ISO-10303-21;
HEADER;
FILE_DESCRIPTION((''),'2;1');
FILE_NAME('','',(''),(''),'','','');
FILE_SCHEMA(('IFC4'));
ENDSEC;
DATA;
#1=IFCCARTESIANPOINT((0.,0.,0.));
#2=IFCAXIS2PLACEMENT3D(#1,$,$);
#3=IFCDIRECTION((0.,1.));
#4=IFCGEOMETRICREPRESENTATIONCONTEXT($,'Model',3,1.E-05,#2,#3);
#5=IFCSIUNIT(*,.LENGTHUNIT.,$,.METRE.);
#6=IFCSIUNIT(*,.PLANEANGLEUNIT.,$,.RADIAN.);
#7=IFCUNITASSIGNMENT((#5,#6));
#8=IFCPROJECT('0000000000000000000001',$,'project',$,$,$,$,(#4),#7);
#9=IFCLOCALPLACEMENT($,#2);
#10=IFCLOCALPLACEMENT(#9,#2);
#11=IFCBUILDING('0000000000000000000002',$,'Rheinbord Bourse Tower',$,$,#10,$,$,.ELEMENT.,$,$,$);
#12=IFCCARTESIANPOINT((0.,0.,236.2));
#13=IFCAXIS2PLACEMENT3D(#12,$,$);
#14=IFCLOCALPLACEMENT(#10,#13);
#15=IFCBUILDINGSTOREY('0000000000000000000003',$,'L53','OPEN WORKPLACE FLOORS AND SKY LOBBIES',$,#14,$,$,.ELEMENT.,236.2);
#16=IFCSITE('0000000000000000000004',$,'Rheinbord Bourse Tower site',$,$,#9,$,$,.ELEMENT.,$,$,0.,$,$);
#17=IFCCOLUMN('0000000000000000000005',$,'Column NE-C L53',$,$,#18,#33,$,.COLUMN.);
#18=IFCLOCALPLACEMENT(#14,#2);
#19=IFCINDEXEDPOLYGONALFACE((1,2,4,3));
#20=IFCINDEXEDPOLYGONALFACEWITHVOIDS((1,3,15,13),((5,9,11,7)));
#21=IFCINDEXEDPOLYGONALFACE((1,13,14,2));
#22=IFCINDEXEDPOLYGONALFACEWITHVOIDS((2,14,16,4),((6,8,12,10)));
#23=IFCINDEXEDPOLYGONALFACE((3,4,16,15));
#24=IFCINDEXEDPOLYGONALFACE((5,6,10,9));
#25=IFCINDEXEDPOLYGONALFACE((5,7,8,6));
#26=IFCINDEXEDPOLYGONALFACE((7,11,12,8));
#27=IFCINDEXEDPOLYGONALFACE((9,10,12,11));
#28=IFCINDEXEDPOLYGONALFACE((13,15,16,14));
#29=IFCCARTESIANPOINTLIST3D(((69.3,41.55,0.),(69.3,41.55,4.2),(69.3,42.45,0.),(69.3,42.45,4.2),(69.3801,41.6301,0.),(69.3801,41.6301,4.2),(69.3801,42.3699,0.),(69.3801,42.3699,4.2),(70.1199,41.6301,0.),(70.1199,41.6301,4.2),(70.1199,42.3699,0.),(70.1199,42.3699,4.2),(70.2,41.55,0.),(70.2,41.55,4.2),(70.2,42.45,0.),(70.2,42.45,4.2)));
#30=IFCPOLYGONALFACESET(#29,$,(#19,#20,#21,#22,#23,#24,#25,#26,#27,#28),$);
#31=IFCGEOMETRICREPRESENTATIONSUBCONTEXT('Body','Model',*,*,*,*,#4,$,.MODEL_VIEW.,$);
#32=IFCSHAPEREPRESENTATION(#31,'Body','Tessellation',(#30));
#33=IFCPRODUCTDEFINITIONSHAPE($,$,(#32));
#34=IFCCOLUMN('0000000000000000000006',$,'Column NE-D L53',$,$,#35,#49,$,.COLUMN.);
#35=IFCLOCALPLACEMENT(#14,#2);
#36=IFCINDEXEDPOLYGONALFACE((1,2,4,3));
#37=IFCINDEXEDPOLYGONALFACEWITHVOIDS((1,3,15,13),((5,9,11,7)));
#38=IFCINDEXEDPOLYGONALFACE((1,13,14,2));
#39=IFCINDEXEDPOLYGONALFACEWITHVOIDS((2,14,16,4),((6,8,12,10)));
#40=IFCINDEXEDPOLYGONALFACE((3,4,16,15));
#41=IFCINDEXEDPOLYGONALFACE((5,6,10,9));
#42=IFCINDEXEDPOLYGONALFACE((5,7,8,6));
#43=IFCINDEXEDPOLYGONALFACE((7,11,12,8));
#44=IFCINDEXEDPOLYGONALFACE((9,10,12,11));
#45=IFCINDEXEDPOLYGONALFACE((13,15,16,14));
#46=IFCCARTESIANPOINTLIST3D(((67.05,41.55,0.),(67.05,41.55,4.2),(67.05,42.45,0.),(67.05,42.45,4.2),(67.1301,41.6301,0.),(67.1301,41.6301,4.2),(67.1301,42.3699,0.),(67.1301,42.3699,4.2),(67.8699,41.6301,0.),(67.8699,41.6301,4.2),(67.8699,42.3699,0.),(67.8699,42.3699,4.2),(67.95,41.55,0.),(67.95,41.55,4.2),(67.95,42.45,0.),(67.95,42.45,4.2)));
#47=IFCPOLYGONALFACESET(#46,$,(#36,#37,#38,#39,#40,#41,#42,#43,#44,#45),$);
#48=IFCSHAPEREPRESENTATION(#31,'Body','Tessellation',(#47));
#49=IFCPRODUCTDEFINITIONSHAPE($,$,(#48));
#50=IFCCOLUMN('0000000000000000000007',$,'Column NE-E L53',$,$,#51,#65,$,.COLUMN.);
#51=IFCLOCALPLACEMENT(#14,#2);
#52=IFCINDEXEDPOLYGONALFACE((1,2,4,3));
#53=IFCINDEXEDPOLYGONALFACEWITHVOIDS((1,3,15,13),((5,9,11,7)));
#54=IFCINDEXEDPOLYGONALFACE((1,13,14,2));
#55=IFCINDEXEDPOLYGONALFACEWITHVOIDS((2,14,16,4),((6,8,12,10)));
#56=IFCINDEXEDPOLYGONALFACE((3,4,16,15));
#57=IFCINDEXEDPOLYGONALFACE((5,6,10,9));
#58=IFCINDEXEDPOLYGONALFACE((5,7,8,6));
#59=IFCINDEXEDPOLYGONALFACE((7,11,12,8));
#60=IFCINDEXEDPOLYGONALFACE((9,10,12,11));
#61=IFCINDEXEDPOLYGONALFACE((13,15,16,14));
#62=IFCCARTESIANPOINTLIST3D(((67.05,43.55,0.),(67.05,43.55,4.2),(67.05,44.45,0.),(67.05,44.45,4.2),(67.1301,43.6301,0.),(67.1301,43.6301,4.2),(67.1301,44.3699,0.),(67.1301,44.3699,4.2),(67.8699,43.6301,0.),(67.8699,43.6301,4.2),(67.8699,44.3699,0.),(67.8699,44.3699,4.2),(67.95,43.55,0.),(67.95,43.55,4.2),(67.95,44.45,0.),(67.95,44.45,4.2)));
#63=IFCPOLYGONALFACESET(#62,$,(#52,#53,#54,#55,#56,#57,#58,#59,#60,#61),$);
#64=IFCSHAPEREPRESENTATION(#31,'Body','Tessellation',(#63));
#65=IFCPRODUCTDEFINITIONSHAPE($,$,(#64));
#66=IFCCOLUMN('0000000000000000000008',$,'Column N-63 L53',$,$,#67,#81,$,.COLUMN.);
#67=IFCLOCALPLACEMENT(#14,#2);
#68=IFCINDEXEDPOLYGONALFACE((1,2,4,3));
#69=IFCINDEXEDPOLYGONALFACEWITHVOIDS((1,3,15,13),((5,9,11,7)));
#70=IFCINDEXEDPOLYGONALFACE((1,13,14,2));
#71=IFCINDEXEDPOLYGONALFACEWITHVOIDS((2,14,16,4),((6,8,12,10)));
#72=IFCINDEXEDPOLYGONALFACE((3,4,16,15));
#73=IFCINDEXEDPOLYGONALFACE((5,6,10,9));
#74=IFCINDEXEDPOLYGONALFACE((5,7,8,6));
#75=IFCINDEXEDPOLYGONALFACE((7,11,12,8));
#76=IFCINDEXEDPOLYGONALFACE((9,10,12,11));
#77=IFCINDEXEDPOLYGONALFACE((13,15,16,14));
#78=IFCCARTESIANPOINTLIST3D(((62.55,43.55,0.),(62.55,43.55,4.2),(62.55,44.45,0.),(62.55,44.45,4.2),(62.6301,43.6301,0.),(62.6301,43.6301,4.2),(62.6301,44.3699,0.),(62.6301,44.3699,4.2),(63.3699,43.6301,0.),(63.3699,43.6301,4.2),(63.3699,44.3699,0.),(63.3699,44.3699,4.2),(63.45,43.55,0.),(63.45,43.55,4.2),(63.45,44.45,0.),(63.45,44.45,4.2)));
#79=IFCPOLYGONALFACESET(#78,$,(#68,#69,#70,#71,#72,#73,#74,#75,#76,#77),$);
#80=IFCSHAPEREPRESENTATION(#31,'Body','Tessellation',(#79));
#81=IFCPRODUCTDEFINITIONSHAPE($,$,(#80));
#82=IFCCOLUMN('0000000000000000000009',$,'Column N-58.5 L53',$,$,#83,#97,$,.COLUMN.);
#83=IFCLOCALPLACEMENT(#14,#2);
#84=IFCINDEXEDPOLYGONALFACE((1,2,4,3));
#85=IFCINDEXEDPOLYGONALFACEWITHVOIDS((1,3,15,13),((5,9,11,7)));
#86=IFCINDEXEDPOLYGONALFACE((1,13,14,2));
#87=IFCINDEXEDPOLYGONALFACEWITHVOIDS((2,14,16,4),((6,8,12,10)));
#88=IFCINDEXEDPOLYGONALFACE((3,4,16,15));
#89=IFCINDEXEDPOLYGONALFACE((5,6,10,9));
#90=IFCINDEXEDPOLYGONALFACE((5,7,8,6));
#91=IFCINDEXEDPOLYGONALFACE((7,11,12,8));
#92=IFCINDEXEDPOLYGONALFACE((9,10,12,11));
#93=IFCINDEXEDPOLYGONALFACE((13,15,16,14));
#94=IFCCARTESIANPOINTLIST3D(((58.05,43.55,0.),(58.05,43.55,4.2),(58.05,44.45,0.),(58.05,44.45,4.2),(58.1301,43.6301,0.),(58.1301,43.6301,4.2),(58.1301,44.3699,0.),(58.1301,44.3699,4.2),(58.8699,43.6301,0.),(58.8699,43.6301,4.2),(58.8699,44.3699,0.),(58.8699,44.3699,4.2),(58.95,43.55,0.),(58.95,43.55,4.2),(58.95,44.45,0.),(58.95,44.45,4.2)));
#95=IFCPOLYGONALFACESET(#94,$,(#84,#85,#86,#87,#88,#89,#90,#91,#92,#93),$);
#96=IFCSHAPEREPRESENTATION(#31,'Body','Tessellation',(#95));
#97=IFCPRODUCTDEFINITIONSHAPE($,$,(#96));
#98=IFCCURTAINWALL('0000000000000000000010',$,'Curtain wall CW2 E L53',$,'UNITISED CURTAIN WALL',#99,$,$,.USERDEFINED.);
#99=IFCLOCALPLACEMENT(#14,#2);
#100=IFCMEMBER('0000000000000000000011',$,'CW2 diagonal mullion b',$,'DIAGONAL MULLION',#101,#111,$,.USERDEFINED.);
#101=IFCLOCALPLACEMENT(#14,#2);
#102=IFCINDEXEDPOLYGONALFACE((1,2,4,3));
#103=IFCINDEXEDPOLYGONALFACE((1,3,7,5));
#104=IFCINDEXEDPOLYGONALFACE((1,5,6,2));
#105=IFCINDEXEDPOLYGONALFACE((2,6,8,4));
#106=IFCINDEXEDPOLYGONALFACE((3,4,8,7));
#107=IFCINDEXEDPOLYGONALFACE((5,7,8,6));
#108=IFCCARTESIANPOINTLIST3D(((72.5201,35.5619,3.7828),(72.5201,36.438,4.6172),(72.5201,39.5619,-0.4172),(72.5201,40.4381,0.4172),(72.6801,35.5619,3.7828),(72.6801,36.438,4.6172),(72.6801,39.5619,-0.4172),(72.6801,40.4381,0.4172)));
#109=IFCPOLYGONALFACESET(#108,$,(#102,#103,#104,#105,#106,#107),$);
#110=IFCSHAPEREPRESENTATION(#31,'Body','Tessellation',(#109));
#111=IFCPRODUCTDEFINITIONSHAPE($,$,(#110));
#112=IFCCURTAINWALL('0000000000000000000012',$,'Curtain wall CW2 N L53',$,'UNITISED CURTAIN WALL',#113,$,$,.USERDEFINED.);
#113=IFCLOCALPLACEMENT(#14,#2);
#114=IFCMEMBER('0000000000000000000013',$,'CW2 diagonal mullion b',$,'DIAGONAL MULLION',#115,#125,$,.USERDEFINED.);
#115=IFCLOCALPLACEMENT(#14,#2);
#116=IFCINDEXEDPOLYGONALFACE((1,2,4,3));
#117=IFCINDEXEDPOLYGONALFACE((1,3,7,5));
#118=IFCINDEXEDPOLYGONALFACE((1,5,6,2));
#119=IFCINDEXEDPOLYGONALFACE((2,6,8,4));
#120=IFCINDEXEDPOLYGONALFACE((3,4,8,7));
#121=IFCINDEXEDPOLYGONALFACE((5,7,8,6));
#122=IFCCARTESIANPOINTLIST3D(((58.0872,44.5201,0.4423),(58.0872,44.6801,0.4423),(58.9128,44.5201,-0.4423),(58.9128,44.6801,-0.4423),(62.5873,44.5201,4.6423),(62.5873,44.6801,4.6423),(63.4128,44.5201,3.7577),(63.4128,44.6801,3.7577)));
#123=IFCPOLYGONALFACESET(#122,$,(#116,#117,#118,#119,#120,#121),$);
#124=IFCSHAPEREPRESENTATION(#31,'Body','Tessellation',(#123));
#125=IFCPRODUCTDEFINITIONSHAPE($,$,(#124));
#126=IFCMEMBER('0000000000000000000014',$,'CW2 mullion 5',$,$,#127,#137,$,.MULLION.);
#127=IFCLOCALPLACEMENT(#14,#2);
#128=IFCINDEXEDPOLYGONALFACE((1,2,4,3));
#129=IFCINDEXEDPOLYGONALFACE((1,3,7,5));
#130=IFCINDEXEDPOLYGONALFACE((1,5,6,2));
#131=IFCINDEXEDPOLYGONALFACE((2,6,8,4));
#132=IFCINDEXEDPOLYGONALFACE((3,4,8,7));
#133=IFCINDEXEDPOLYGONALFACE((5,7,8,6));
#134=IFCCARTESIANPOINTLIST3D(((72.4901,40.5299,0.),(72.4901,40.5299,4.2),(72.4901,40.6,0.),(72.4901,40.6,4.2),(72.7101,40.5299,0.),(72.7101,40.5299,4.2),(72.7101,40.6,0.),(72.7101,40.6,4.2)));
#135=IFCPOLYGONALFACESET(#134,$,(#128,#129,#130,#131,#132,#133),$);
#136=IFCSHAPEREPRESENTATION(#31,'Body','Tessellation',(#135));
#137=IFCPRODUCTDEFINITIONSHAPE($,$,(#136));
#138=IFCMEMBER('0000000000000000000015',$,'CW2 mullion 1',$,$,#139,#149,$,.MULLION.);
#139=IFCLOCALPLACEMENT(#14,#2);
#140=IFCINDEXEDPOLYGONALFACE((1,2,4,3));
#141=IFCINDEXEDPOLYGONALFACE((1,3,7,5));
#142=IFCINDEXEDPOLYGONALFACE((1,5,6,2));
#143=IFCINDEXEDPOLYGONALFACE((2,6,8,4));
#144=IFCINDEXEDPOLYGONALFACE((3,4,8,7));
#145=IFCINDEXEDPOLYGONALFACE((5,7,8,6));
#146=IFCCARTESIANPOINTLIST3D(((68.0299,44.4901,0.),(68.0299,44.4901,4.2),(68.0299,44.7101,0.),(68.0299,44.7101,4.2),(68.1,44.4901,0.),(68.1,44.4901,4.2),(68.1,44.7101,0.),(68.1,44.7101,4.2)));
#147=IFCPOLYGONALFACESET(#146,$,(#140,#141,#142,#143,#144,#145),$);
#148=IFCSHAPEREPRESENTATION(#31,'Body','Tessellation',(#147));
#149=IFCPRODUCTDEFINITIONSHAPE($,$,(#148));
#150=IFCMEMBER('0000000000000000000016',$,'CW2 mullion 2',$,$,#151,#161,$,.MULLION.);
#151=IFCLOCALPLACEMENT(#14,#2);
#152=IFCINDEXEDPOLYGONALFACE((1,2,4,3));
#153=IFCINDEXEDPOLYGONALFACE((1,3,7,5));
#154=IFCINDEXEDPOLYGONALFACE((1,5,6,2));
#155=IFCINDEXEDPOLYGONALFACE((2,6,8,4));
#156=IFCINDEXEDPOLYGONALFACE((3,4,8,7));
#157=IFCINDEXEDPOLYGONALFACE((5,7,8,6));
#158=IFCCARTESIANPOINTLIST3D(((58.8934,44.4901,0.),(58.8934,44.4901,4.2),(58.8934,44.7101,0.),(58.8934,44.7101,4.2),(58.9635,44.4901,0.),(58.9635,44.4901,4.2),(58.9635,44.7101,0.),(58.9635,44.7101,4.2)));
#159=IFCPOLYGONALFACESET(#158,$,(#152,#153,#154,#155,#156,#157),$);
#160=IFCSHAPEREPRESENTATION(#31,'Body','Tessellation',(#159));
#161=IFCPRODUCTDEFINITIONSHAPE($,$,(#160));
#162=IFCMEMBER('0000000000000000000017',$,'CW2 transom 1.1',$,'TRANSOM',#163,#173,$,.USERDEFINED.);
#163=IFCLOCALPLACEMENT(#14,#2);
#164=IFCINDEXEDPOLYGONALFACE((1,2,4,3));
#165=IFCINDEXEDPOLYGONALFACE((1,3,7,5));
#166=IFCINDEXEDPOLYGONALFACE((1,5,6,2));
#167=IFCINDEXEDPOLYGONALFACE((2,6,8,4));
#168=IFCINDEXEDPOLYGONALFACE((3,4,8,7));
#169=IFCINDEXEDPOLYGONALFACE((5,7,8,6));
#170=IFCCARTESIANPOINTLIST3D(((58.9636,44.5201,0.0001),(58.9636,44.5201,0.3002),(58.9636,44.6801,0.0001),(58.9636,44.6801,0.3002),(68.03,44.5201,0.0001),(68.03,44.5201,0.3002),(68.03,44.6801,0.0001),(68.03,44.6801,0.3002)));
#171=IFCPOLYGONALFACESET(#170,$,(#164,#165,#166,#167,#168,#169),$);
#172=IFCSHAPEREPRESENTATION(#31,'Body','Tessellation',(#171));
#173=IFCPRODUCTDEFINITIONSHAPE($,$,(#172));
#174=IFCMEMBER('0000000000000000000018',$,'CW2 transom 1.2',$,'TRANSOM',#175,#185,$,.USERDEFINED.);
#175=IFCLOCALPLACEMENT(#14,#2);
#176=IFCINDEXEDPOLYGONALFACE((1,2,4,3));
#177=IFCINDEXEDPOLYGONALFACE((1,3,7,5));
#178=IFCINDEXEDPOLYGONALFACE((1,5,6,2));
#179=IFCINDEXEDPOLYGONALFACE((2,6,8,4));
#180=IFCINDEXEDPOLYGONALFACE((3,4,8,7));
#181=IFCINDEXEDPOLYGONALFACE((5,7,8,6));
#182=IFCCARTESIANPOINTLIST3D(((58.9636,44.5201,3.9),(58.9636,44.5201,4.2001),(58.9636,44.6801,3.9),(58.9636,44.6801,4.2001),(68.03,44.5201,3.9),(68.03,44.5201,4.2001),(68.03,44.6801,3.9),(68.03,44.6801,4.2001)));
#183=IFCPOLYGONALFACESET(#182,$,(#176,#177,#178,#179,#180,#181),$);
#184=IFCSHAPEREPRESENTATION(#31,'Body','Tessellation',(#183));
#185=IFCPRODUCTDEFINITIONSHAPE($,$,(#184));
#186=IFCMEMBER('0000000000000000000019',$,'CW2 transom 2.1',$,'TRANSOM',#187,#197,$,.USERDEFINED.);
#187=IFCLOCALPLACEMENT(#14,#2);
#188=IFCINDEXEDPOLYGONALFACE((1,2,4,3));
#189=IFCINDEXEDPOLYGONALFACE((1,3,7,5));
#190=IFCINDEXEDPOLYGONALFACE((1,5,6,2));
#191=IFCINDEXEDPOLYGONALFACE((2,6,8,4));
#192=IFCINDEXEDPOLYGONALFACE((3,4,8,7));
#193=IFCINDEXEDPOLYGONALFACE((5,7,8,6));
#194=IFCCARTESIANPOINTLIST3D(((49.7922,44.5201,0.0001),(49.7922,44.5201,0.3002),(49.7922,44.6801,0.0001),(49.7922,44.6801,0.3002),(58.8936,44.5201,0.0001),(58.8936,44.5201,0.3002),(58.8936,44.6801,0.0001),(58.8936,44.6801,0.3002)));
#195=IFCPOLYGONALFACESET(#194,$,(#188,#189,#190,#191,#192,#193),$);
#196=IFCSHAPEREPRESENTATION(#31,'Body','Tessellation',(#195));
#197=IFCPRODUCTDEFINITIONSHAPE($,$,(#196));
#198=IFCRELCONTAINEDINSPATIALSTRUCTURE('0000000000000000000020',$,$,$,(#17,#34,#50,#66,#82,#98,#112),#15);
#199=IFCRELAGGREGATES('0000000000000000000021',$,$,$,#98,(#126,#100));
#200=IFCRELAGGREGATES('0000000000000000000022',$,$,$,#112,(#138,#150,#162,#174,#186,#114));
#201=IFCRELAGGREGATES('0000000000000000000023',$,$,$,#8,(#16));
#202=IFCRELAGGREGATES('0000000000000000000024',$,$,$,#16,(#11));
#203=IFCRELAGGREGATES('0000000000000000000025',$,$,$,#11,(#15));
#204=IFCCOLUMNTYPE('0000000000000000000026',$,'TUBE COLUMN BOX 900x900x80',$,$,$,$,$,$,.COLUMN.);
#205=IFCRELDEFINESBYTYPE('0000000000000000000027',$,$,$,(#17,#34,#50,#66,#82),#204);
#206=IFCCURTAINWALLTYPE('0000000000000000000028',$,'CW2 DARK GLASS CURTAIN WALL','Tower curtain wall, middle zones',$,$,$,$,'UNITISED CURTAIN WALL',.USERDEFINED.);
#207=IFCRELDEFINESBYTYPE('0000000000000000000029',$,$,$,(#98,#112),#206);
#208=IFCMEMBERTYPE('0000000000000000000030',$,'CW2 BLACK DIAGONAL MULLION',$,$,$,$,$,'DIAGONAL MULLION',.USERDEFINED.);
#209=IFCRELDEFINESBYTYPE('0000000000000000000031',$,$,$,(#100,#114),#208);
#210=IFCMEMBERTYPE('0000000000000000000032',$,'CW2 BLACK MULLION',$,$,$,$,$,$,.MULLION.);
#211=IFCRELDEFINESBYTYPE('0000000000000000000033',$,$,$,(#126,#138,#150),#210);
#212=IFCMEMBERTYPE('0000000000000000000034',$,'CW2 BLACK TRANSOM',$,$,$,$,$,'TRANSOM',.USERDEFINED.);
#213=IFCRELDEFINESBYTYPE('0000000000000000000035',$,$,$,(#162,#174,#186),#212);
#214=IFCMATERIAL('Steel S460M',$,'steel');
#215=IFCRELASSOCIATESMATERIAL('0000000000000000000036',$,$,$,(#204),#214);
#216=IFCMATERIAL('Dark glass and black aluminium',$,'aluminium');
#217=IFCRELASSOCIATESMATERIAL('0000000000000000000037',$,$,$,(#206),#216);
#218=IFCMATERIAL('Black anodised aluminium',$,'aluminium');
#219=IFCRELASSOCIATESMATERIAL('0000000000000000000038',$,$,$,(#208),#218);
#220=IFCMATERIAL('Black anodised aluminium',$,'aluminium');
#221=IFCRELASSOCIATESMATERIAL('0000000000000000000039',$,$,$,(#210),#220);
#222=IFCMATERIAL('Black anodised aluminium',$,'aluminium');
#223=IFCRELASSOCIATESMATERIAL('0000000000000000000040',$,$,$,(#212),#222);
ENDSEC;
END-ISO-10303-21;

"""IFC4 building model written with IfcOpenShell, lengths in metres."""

from ifc_helpers import new_model, si_unit, direction, frame, origin, origin_2d, place, context, subcontext, project, spatial, rectangle, hollow_rectangle, extrude, material, material_profile, profile_set, type_object, element, aggregate, save


model = new_model("IFC4")

# Units and contexts
model_context = context("Model", 3, precision=1e-05, world=origin(), true_north=direction((0.0, 1.0)))
body_context = subcontext(model_context, "Body", "Model", "MODEL_VIEW")
ifc_project = project(units=[si_unit("LENGTHUNIT", "METRE"), si_unit("PLANEANGLEUNIT", "RADIAN")], contexts=[model_context])

# Site, building, storey
site_placement = place(None, origin())
site = spatial("IfcSite", under=ifc_project, at=site_placement, Name="Rheinbord Bourse Tower site", CompositionType="ELEMENT", RefElevation=0.0)
building_placement = place(site_placement, origin())
building = spatial("IfcBuilding", under=site, at=building_placement, Name="Rheinbord Bourse Tower", CompositionType="ELEMENT")
storey_placement = place(building_placement, frame((0.0, 0.0, 236.2)))
storey = spatial("IfcBuildingStorey", under=building, at=storey_placement, Name="L53", Description="OPEN WORKPLACE FLOORS AND SKY LOBBIES", CompositionType="ELEMENT", Elevation=236.2)

# Columns
ifc_material_1 = material(Name="Steel S460M", Category="steel")
ifc_material_profile_1 = material_profile(ifc_material_1, hollow_rectangle(XDim=0.8999, YDim=0.8999, WallThickness=0.0801, at=origin_2d()), Name="BOX 900x900x80")
ifc_profile_set_1 = profile_set([ifc_material_profile_1], Name="Steel S460M")
column_type = type_object("IfcColumnType", Name="TUBE COLUMN BOX 900x900x80", PredefinedType="COLUMN", material=ifc_profile_set_1)
for number, where, z_axis, x_axis, name in (
    (1, (69.75, 42.0, 0.0), (0.0, 0.0, 1.0), (1.0, 0.0, 0.0), "Column NE-C L53"),
    (2, (67.5, 42.0, 0.0), (0.0, 0.0, 1.0), (0.0, 1.0, 0.0), "Column NE-D L53"),
    (3, (67.5, 44.0, 0.0), (0.0, 0.0, 1.0), (0.0, 1.0, 0.0), "Column NE-E L53"),
    (4, (63.0, 44.0, 0.0), (0.0, 0.0, 1.0), (0.0, 1.0, 0.0), "Column N-63 L53"),
    (5, (58.5, 44.0, 0.0), (0.0, 0.0, 1.0), (0.0, 1.0, 0.0), "Column N-58.5 L53"),
):
    element("IfcColumn", number, at=place(storey_placement, frame(where, z_axis=z_axis, x_axis=x_axis)), inside=storey, type_object=column_type, Name=name, PredefinedType="COLUMN", context=body_context, shape_type="SweptSolid", body=[
        extrude(hollow_rectangle(XDim=0.8999, YDim=0.8999, WallThickness=0.0801, at=origin_2d()), origin(), (0.0, 0.0, 1.0), 4.2),
    ])

# Curtain walls, members
ifc_material_2 = material(Name="Dark glass and black aluminium", Category="aluminium")
curtain_wall_type = type_object("IfcCurtainWallType", Name="CW2 DARK GLASS CURTAIN WALL", Description="Tower curtain wall, middle zones", ElementType="UNITISED CURTAIN WALL", PredefinedType="USERDEFINED", material=ifc_material_2)
curtain_wall_1_placement = place(storey_placement, origin())
curtain_wall_1 = element("IfcCurtainWall", 6, at=curtain_wall_1_placement, inside=storey, type_object=curtain_wall_type, Name="Curtain wall CW2 E L53", ObjectType="UNITISED CURTAIN WALL", PredefinedType="USERDEFINED")
ifc_material_3 = material(Name="Black anodised aluminium", Category="aluminium")
ifc_material_profile_2 = material_profile(ifc_material_3, rectangle(XDim=0.1599, YDim=1.21, at=origin_2d()), Name="CW2 DIAGONAL MULLION 1210x160")
ifc_profile_set_2 = profile_set([ifc_material_profile_2], Name="Black anodised aluminium")
member_type_1 = type_object("IfcMemberType", Name="CW2 BLACK DIAGONAL MULLION", ElementType="DIAGONAL MULLION", PredefinedType="USERDEFINED", material=ifc_profile_set_2)
member_1_placement = place(storey_placement, frame((72.6001, 40.0, 0.0), z_axis=(0.0, -0.689659, 0.724134), x_axis=(1.0, 0.0, 0.0)))
member_1 = element("IfcMember", 7, at=member_1_placement, type_object=member_type_1, Name="CW2 diagonal mullion b", ObjectType="DIAGONAL MULLION", PredefinedType="USERDEFINED", context=body_context, shape_type="SweptSolid", body=[
    extrude(rectangle(XDim=0.1599, YDim=1.21, at=origin_2d()), origin(), (0.0, 0.0, 1.0), 5.8),
])
curtain_wall_2_placement = place(storey_placement, origin())
curtain_wall_2 = element("IfcCurtainWall", 8, at=curtain_wall_2_placement, inside=storey, type_object=curtain_wall_type, Name="Curtain wall CW2 N L53", ObjectType="UNITISED CURTAIN WALL", PredefinedType="USERDEFINED")
member_2_placement = place(storey_placement, frame((58.5, 44.6001, 0.0), z_axis=(0.731059, 0.0, 0.682314), x_axis=(0.0, 1.0, 0.0)))
member_2 = element("IfcMember", 9, at=member_2_placement, type_object=member_type_1, Name="CW2 diagonal mullion b", ObjectType="DIAGONAL MULLION", PredefinedType="USERDEFINED", context=body_context, shape_type="SweptSolid", body=[
    extrude(rectangle(XDim=0.1599, YDim=1.21, at=origin_2d()), origin(), (0.0, 0.0, 1.0), 6.1555),
])

# Members
ifc_material_4 = material(Name="Black anodised aluminium", Category="aluminium")
ifc_material_profile_3 = material_profile(ifc_material_4, rectangle(XDim=0.22, YDim=0.0701, at=origin_2d()), Name="CW2 MULLION 70x220")
ifc_profile_set_3 = profile_set([ifc_material_profile_3], Name="Black anodised aluminium")
member_type_2 = type_object("IfcMemberType", Name="CW2 BLACK MULLION", PredefinedType="MULLION", material=ifc_profile_set_3)
member_3_placement = place(storey_placement, frame((72.6001, 40.5649, 0.0), z_axis=(0.0, 0.0, 1.0), x_axis=(-1.0, 0.0, 0.0)))
member_3 = element("IfcMember", 10, at=member_3_placement, type_object=member_type_2, Name="CW2 mullion 5", PredefinedType="MULLION", context=body_context, shape_type="SweptSolid", body=[
    extrude(rectangle(XDim=0.22, YDim=0.0701, at=origin_2d()), origin(), (0.0, 0.0, 1.0), 4.2),
])
member_4_placement = place(storey_placement, frame((68.0649, 44.6001, 0.0), z_axis=(0.0, 0.0, 1.0), x_axis=(0.0, -1.0, 0.0)))
member_4 = element("IfcMember", 11, at=member_4_placement, type_object=member_type_2, Name="CW2 mullion 1", PredefinedType="MULLION", context=body_context, shape_type="SweptSolid", body=[
    extrude(rectangle(XDim=0.22, YDim=0.0701, at=origin_2d()), origin(), (0.0, 0.0, 1.0), 4.2),
])
member_5_placement = place(storey_placement, frame((58.9285, 44.6001, 0.0), z_axis=(0.0, 0.0, 1.0), x_axis=(0.0, -1.0, 0.0)))
member_5 = element("IfcMember", 12, at=member_5_placement, type_object=member_type_2, Name="CW2 mullion 2", PredefinedType="MULLION", context=body_context, shape_type="SweptSolid", body=[
    extrude(rectangle(XDim=0.22, YDim=0.0701, at=origin_2d()), origin(), (0.0, 0.0, 1.0), 4.2),
])
ifc_material_5 = material(Name="Black anodised aluminium", Category="aluminium")
ifc_material_profile_4 = material_profile(ifc_material_5, rectangle(XDim=0.1599, YDim=0.3, at=origin_2d()), Name="CW2 TRANSOM 300x160")
ifc_profile_set_4 = profile_set([ifc_material_profile_4], Name="Black anodised aluminium")
member_type_3 = type_object("IfcMemberType", Name="CW2 BLACK TRANSOM", ElementType="TRANSOM", PredefinedType="USERDEFINED", material=ifc_profile_set_4)
member_6_placement = place(storey_placement, frame((68.03, 44.6001, 0.1501), z_axis=(-1.0, 0.0, 0.0), x_axis=(0.0, -1.0, 0.0)))
member_6 = element("IfcMember", 13, at=member_6_placement, type_object=member_type_3, Name="CW2 transom 1.1", ObjectType="TRANSOM", PredefinedType="USERDEFINED", context=body_context, shape_type="SweptSolid", body=[
    extrude(rectangle(XDim=0.1599, YDim=0.3, at=origin_2d()), origin(), (0.0, 0.0, 1.0), 9.0664),
])
member_7_placement = place(storey_placement, frame((68.03, 44.6001, 4.05), z_axis=(-1.0, 0.0, 0.0), x_axis=(0.0, -1.0, 0.0)))
member_7 = element("IfcMember", 14, at=member_7_placement, type_object=member_type_3, Name="CW2 transom 1.2", ObjectType="TRANSOM", PredefinedType="USERDEFINED", context=body_context, shape_type="SweptSolid", body=[
    extrude(rectangle(XDim=0.1599, YDim=0.3, at=origin_2d()), origin(), (0.0, 0.0, 1.0), 9.0664),
])
member_8_placement = place(storey_placement, frame((58.8936, 44.6001, 0.1501), z_axis=(-1.0, 0.0, 0.0), x_axis=(0.0, -1.0, 0.0)))
member_8 = element("IfcMember", 15, at=member_8_placement, type_object=member_type_3, Name="CW2 transom 2.1", ObjectType="TRANSOM", PredefinedType="USERDEFINED", context=body_context, shape_type="SweptSolid", body=[
    extrude(rectangle(XDim=0.1599, YDim=0.3, at=origin_2d()), origin(), (0.0, 0.0, 1.0), 9.1013),
])

aggregate(curtain_wall_1, [member_3, member_1])
aggregate(curtain_wall_2, [member_4, member_5, member_6, member_7, member_8, member_2])

save(model, "model.ifc")
